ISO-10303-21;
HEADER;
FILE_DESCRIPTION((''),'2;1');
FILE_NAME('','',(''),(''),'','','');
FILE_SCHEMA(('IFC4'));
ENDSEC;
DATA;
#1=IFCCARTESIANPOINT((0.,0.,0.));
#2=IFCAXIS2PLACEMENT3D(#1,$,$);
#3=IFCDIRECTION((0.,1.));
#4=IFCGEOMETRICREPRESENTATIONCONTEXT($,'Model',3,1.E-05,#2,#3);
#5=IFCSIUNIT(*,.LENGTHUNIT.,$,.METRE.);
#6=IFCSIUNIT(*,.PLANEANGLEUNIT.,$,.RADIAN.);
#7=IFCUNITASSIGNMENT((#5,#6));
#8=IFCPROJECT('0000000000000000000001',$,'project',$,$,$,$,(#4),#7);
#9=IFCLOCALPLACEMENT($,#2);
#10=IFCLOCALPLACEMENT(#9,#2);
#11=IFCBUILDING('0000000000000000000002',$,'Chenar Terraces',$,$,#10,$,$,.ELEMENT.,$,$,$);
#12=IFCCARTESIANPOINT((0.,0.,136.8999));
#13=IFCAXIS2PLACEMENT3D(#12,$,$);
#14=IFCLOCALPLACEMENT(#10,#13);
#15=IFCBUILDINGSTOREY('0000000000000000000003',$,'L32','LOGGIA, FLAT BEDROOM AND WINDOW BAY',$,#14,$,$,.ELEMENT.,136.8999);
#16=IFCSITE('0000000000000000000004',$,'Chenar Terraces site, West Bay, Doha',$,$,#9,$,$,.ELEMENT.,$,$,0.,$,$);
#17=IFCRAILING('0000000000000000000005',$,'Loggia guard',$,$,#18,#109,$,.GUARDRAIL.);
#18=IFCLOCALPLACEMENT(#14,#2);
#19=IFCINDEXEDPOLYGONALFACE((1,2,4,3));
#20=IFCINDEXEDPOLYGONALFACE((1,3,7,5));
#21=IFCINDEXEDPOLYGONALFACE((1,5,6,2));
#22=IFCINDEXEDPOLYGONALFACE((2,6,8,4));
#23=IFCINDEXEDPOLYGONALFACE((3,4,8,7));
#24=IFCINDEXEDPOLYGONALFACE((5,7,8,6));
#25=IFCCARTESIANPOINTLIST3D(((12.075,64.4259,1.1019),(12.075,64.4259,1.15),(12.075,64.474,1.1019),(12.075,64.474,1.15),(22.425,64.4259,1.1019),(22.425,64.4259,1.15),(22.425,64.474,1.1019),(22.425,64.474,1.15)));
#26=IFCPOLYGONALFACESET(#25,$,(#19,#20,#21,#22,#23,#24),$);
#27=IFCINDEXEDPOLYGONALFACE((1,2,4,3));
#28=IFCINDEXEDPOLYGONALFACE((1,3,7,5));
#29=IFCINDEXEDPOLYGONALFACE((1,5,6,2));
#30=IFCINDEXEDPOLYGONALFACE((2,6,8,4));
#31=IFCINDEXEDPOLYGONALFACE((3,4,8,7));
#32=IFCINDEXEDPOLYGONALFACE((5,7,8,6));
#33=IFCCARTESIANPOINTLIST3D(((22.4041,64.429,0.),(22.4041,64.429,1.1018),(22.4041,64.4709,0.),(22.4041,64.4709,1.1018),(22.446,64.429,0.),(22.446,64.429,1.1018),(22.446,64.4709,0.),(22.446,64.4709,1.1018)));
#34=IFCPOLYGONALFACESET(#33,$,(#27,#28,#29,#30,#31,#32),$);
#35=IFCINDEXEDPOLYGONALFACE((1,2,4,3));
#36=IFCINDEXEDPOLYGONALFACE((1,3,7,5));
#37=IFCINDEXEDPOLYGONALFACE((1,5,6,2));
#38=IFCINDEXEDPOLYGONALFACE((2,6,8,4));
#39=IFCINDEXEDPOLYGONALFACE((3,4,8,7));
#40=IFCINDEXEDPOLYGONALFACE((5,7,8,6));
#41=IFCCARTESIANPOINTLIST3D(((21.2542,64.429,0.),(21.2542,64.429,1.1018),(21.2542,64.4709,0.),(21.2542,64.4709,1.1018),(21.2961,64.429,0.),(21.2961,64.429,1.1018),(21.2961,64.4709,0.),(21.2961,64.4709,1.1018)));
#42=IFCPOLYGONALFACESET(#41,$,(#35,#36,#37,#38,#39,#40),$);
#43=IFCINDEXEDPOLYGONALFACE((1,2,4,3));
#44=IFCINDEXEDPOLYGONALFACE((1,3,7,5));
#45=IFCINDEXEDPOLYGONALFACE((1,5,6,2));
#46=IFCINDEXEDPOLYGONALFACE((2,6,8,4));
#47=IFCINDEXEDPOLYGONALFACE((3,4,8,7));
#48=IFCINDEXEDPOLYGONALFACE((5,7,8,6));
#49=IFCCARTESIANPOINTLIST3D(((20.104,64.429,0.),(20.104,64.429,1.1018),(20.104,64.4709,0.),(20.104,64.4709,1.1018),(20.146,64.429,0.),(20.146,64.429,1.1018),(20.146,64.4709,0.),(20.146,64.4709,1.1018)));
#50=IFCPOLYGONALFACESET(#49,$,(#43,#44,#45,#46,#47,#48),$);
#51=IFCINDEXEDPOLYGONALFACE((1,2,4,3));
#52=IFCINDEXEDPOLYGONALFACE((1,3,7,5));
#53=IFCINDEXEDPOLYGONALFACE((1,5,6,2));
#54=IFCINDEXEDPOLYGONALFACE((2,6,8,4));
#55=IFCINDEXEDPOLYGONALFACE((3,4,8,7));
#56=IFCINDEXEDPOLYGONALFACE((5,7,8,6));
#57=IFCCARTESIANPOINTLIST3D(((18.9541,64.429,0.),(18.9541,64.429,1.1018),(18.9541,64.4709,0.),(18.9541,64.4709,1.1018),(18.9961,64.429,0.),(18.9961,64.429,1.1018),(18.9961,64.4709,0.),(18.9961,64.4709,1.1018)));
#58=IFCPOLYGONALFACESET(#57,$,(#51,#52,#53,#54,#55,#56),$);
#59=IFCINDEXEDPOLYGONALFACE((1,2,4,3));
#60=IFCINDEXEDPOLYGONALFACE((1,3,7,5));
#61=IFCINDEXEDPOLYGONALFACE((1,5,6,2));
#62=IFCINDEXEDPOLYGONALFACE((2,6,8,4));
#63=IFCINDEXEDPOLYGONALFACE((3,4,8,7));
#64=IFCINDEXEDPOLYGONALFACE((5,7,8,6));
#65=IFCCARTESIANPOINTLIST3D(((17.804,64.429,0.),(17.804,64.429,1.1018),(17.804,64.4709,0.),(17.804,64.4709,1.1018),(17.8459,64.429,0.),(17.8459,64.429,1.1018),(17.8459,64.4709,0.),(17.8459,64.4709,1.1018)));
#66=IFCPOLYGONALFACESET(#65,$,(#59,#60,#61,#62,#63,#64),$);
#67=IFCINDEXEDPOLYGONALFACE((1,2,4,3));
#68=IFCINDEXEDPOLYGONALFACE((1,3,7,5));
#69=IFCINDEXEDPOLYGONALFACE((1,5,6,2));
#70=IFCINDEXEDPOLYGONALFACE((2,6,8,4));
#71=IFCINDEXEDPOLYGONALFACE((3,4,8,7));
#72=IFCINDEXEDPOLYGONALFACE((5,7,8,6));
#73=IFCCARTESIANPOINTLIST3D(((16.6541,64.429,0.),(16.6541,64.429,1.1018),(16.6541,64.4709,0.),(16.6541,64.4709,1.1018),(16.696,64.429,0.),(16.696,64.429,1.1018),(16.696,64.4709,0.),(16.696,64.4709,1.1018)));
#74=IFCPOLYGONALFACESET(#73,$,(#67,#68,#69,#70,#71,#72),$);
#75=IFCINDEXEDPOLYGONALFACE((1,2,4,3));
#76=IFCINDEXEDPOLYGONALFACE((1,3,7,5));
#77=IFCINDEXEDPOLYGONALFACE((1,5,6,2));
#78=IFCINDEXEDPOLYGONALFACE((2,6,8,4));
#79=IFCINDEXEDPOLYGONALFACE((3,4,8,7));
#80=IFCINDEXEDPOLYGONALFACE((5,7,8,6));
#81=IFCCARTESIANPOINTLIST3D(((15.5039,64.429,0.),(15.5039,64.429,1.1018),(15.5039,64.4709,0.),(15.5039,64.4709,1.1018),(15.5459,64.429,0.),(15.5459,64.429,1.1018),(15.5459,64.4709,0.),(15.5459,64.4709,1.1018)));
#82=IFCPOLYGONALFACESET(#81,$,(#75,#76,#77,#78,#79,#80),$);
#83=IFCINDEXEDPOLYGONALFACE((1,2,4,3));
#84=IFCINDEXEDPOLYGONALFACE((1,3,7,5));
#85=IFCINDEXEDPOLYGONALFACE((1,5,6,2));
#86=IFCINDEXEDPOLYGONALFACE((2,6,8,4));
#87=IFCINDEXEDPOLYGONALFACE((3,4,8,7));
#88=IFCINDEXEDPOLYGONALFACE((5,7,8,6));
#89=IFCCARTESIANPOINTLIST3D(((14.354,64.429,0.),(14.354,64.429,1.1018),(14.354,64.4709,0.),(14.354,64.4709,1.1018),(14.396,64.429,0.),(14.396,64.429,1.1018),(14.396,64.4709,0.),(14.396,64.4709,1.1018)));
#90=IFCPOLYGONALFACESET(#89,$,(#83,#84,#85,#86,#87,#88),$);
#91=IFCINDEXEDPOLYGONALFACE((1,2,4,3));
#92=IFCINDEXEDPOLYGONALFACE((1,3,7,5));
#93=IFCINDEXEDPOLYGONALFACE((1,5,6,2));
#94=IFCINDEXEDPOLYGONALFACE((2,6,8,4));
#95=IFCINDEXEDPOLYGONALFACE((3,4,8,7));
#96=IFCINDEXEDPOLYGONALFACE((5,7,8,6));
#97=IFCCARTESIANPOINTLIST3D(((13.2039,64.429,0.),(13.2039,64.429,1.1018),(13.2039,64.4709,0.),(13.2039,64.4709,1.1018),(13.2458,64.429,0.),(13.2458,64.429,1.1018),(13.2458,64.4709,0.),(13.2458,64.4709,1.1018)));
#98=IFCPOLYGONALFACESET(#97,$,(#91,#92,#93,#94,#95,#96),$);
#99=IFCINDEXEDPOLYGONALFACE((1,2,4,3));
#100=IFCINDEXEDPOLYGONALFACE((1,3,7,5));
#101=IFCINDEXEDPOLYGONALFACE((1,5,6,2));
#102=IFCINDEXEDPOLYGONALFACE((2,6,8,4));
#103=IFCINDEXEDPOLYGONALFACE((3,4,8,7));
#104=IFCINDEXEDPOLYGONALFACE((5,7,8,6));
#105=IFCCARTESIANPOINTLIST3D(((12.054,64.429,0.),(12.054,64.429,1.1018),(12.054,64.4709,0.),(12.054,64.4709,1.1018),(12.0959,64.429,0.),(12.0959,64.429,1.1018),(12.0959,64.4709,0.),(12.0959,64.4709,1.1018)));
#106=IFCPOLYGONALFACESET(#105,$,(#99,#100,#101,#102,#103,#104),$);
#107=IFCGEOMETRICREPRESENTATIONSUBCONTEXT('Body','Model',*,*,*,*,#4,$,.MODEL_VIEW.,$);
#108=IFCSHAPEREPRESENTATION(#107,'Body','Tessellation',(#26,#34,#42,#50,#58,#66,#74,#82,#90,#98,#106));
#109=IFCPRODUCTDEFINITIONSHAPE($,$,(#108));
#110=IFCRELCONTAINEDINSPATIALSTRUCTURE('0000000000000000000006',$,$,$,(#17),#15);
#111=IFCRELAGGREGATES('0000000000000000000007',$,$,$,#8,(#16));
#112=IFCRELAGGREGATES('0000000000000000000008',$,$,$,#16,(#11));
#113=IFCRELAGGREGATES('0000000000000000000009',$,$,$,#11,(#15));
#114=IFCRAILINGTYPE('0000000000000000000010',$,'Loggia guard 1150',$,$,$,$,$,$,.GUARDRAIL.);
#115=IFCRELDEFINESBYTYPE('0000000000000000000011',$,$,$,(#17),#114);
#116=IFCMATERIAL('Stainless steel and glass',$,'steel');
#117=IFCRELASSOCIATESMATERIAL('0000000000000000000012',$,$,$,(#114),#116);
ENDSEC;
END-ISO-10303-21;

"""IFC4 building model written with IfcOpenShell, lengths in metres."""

from ifc_helpers import new_model, si_unit, direction, frame, origin, origin_2d, place, context, subcontext, project, spatial, rectangle, extrude, material, type_object, element, save


model = new_model("IFC4")

# Units and contexts
model_context = context("Model", 3, precision=1e-05, world=origin(), true_north=direction((0.0, 1.0)))
body_context = subcontext(model_context, "Body", "Model", "MODEL_VIEW")
ifc_project = project(units=[si_unit("LENGTHUNIT", "METRE"), si_unit("PLANEANGLEUNIT", "RADIAN")], contexts=[model_context])

# Site, building, storey
site_placement = place(None, origin())
site = spatial("IfcSite", under=ifc_project, at=site_placement, Name="Chenar Terraces site, West Bay, Doha", CompositionType="ELEMENT", RefElevation=0.0)
building_placement = place(site_placement, origin())
building = spatial("IfcBuilding", under=site, at=building_placement, Name="Chenar Terraces", CompositionType="ELEMENT")
storey_placement = place(building_placement, frame((0.0, 0.0, 136.8999)))
storey = spatial("IfcBuildingStorey", under=building, at=storey_placement, Name="L32", Description="LOGGIA, FLAT BEDROOM AND WINDOW BAY", CompositionType="ELEMENT", Elevation=136.8999)

# Railing
ifc_material_1 = material(Name="Stainless steel and glass", Category="steel")
railing_type_1 = type_object("IfcRailingType", Name="Loggia guard 1150", PredefinedType="GUARDRAIL", material=ifc_material_1)
railing_1_placement = place(storey_placement, frame((22.425, 64.45, 0.0)))
element("IfcRailing", 1, at=railing_1_placement, inside=storey, type_object=railing_type_1, Name="Loggia guard", PredefinedType="GUARDRAIL", context=body_context, shape_type="SweptSolid", body=[
    extrude(rectangle(XDim=0.0481, YDim=0.0481, at=origin_2d()), frame((0.0, 0.0, 1.126), z_axis=(-1.0, 0.0, 0.0), x_axis=(0.0, -1.0, 0.0)), (0.0, 0.0, 1.0), 10.3501),
    extrude(rectangle(XDim=0.042, YDim=0.042, at=origin_2d()), origin(), (0.0, 0.0, 1.0), 1.1018),
    extrude(rectangle(XDim=0.042, YDim=0.042, at=origin_2d()), frame((-1.1499, 0.0, 0.0)), (0.0, 0.0, 1.0), 1.1018),
    extrude(rectangle(XDim=0.042, YDim=0.042, at=origin_2d()), frame((-2.3, 0.0, 0.0)), (0.0, 0.0, 1.0), 1.1018),
    extrude(rectangle(XDim=0.042, YDim=0.042, at=origin_2d()), frame((-3.45, 0.0, 0.0)), (0.0, 0.0, 1.0), 1.1018),
    extrude(rectangle(XDim=0.042, YDim=0.042, at=origin_2d()), frame((-4.6001, 0.0, 0.0)), (0.0, 0.0, 1.0), 1.1018),
    extrude(rectangle(XDim=0.042, YDim=0.042, at=origin_2d()), frame((-5.75, 0.0, 0.0)), (0.0, 0.0, 1.0), 1.1018),
    extrude(rectangle(XDim=0.042, YDim=0.042, at=origin_2d()), frame((-6.9001, 0.0, 0.0)), (0.0, 0.0, 1.0), 1.1018),
    extrude(rectangle(XDim=0.042, YDim=0.042, at=origin_2d()), frame((-8.05, 0.0, 0.0)), (0.0, 0.0, 1.0), 1.1018),
    extrude(rectangle(XDim=0.042, YDim=0.042, at=origin_2d()), frame((-9.2002, 0.0, 0.0)), (0.0, 0.0, 1.0), 1.1018),
    extrude(rectangle(XDim=0.042, YDim=0.042, at=origin_2d()), frame((-10.3501, 0.0, 0.0)), (0.0, 0.0, 1.0), 1.1018),
])

save(model, "model.ifc")
